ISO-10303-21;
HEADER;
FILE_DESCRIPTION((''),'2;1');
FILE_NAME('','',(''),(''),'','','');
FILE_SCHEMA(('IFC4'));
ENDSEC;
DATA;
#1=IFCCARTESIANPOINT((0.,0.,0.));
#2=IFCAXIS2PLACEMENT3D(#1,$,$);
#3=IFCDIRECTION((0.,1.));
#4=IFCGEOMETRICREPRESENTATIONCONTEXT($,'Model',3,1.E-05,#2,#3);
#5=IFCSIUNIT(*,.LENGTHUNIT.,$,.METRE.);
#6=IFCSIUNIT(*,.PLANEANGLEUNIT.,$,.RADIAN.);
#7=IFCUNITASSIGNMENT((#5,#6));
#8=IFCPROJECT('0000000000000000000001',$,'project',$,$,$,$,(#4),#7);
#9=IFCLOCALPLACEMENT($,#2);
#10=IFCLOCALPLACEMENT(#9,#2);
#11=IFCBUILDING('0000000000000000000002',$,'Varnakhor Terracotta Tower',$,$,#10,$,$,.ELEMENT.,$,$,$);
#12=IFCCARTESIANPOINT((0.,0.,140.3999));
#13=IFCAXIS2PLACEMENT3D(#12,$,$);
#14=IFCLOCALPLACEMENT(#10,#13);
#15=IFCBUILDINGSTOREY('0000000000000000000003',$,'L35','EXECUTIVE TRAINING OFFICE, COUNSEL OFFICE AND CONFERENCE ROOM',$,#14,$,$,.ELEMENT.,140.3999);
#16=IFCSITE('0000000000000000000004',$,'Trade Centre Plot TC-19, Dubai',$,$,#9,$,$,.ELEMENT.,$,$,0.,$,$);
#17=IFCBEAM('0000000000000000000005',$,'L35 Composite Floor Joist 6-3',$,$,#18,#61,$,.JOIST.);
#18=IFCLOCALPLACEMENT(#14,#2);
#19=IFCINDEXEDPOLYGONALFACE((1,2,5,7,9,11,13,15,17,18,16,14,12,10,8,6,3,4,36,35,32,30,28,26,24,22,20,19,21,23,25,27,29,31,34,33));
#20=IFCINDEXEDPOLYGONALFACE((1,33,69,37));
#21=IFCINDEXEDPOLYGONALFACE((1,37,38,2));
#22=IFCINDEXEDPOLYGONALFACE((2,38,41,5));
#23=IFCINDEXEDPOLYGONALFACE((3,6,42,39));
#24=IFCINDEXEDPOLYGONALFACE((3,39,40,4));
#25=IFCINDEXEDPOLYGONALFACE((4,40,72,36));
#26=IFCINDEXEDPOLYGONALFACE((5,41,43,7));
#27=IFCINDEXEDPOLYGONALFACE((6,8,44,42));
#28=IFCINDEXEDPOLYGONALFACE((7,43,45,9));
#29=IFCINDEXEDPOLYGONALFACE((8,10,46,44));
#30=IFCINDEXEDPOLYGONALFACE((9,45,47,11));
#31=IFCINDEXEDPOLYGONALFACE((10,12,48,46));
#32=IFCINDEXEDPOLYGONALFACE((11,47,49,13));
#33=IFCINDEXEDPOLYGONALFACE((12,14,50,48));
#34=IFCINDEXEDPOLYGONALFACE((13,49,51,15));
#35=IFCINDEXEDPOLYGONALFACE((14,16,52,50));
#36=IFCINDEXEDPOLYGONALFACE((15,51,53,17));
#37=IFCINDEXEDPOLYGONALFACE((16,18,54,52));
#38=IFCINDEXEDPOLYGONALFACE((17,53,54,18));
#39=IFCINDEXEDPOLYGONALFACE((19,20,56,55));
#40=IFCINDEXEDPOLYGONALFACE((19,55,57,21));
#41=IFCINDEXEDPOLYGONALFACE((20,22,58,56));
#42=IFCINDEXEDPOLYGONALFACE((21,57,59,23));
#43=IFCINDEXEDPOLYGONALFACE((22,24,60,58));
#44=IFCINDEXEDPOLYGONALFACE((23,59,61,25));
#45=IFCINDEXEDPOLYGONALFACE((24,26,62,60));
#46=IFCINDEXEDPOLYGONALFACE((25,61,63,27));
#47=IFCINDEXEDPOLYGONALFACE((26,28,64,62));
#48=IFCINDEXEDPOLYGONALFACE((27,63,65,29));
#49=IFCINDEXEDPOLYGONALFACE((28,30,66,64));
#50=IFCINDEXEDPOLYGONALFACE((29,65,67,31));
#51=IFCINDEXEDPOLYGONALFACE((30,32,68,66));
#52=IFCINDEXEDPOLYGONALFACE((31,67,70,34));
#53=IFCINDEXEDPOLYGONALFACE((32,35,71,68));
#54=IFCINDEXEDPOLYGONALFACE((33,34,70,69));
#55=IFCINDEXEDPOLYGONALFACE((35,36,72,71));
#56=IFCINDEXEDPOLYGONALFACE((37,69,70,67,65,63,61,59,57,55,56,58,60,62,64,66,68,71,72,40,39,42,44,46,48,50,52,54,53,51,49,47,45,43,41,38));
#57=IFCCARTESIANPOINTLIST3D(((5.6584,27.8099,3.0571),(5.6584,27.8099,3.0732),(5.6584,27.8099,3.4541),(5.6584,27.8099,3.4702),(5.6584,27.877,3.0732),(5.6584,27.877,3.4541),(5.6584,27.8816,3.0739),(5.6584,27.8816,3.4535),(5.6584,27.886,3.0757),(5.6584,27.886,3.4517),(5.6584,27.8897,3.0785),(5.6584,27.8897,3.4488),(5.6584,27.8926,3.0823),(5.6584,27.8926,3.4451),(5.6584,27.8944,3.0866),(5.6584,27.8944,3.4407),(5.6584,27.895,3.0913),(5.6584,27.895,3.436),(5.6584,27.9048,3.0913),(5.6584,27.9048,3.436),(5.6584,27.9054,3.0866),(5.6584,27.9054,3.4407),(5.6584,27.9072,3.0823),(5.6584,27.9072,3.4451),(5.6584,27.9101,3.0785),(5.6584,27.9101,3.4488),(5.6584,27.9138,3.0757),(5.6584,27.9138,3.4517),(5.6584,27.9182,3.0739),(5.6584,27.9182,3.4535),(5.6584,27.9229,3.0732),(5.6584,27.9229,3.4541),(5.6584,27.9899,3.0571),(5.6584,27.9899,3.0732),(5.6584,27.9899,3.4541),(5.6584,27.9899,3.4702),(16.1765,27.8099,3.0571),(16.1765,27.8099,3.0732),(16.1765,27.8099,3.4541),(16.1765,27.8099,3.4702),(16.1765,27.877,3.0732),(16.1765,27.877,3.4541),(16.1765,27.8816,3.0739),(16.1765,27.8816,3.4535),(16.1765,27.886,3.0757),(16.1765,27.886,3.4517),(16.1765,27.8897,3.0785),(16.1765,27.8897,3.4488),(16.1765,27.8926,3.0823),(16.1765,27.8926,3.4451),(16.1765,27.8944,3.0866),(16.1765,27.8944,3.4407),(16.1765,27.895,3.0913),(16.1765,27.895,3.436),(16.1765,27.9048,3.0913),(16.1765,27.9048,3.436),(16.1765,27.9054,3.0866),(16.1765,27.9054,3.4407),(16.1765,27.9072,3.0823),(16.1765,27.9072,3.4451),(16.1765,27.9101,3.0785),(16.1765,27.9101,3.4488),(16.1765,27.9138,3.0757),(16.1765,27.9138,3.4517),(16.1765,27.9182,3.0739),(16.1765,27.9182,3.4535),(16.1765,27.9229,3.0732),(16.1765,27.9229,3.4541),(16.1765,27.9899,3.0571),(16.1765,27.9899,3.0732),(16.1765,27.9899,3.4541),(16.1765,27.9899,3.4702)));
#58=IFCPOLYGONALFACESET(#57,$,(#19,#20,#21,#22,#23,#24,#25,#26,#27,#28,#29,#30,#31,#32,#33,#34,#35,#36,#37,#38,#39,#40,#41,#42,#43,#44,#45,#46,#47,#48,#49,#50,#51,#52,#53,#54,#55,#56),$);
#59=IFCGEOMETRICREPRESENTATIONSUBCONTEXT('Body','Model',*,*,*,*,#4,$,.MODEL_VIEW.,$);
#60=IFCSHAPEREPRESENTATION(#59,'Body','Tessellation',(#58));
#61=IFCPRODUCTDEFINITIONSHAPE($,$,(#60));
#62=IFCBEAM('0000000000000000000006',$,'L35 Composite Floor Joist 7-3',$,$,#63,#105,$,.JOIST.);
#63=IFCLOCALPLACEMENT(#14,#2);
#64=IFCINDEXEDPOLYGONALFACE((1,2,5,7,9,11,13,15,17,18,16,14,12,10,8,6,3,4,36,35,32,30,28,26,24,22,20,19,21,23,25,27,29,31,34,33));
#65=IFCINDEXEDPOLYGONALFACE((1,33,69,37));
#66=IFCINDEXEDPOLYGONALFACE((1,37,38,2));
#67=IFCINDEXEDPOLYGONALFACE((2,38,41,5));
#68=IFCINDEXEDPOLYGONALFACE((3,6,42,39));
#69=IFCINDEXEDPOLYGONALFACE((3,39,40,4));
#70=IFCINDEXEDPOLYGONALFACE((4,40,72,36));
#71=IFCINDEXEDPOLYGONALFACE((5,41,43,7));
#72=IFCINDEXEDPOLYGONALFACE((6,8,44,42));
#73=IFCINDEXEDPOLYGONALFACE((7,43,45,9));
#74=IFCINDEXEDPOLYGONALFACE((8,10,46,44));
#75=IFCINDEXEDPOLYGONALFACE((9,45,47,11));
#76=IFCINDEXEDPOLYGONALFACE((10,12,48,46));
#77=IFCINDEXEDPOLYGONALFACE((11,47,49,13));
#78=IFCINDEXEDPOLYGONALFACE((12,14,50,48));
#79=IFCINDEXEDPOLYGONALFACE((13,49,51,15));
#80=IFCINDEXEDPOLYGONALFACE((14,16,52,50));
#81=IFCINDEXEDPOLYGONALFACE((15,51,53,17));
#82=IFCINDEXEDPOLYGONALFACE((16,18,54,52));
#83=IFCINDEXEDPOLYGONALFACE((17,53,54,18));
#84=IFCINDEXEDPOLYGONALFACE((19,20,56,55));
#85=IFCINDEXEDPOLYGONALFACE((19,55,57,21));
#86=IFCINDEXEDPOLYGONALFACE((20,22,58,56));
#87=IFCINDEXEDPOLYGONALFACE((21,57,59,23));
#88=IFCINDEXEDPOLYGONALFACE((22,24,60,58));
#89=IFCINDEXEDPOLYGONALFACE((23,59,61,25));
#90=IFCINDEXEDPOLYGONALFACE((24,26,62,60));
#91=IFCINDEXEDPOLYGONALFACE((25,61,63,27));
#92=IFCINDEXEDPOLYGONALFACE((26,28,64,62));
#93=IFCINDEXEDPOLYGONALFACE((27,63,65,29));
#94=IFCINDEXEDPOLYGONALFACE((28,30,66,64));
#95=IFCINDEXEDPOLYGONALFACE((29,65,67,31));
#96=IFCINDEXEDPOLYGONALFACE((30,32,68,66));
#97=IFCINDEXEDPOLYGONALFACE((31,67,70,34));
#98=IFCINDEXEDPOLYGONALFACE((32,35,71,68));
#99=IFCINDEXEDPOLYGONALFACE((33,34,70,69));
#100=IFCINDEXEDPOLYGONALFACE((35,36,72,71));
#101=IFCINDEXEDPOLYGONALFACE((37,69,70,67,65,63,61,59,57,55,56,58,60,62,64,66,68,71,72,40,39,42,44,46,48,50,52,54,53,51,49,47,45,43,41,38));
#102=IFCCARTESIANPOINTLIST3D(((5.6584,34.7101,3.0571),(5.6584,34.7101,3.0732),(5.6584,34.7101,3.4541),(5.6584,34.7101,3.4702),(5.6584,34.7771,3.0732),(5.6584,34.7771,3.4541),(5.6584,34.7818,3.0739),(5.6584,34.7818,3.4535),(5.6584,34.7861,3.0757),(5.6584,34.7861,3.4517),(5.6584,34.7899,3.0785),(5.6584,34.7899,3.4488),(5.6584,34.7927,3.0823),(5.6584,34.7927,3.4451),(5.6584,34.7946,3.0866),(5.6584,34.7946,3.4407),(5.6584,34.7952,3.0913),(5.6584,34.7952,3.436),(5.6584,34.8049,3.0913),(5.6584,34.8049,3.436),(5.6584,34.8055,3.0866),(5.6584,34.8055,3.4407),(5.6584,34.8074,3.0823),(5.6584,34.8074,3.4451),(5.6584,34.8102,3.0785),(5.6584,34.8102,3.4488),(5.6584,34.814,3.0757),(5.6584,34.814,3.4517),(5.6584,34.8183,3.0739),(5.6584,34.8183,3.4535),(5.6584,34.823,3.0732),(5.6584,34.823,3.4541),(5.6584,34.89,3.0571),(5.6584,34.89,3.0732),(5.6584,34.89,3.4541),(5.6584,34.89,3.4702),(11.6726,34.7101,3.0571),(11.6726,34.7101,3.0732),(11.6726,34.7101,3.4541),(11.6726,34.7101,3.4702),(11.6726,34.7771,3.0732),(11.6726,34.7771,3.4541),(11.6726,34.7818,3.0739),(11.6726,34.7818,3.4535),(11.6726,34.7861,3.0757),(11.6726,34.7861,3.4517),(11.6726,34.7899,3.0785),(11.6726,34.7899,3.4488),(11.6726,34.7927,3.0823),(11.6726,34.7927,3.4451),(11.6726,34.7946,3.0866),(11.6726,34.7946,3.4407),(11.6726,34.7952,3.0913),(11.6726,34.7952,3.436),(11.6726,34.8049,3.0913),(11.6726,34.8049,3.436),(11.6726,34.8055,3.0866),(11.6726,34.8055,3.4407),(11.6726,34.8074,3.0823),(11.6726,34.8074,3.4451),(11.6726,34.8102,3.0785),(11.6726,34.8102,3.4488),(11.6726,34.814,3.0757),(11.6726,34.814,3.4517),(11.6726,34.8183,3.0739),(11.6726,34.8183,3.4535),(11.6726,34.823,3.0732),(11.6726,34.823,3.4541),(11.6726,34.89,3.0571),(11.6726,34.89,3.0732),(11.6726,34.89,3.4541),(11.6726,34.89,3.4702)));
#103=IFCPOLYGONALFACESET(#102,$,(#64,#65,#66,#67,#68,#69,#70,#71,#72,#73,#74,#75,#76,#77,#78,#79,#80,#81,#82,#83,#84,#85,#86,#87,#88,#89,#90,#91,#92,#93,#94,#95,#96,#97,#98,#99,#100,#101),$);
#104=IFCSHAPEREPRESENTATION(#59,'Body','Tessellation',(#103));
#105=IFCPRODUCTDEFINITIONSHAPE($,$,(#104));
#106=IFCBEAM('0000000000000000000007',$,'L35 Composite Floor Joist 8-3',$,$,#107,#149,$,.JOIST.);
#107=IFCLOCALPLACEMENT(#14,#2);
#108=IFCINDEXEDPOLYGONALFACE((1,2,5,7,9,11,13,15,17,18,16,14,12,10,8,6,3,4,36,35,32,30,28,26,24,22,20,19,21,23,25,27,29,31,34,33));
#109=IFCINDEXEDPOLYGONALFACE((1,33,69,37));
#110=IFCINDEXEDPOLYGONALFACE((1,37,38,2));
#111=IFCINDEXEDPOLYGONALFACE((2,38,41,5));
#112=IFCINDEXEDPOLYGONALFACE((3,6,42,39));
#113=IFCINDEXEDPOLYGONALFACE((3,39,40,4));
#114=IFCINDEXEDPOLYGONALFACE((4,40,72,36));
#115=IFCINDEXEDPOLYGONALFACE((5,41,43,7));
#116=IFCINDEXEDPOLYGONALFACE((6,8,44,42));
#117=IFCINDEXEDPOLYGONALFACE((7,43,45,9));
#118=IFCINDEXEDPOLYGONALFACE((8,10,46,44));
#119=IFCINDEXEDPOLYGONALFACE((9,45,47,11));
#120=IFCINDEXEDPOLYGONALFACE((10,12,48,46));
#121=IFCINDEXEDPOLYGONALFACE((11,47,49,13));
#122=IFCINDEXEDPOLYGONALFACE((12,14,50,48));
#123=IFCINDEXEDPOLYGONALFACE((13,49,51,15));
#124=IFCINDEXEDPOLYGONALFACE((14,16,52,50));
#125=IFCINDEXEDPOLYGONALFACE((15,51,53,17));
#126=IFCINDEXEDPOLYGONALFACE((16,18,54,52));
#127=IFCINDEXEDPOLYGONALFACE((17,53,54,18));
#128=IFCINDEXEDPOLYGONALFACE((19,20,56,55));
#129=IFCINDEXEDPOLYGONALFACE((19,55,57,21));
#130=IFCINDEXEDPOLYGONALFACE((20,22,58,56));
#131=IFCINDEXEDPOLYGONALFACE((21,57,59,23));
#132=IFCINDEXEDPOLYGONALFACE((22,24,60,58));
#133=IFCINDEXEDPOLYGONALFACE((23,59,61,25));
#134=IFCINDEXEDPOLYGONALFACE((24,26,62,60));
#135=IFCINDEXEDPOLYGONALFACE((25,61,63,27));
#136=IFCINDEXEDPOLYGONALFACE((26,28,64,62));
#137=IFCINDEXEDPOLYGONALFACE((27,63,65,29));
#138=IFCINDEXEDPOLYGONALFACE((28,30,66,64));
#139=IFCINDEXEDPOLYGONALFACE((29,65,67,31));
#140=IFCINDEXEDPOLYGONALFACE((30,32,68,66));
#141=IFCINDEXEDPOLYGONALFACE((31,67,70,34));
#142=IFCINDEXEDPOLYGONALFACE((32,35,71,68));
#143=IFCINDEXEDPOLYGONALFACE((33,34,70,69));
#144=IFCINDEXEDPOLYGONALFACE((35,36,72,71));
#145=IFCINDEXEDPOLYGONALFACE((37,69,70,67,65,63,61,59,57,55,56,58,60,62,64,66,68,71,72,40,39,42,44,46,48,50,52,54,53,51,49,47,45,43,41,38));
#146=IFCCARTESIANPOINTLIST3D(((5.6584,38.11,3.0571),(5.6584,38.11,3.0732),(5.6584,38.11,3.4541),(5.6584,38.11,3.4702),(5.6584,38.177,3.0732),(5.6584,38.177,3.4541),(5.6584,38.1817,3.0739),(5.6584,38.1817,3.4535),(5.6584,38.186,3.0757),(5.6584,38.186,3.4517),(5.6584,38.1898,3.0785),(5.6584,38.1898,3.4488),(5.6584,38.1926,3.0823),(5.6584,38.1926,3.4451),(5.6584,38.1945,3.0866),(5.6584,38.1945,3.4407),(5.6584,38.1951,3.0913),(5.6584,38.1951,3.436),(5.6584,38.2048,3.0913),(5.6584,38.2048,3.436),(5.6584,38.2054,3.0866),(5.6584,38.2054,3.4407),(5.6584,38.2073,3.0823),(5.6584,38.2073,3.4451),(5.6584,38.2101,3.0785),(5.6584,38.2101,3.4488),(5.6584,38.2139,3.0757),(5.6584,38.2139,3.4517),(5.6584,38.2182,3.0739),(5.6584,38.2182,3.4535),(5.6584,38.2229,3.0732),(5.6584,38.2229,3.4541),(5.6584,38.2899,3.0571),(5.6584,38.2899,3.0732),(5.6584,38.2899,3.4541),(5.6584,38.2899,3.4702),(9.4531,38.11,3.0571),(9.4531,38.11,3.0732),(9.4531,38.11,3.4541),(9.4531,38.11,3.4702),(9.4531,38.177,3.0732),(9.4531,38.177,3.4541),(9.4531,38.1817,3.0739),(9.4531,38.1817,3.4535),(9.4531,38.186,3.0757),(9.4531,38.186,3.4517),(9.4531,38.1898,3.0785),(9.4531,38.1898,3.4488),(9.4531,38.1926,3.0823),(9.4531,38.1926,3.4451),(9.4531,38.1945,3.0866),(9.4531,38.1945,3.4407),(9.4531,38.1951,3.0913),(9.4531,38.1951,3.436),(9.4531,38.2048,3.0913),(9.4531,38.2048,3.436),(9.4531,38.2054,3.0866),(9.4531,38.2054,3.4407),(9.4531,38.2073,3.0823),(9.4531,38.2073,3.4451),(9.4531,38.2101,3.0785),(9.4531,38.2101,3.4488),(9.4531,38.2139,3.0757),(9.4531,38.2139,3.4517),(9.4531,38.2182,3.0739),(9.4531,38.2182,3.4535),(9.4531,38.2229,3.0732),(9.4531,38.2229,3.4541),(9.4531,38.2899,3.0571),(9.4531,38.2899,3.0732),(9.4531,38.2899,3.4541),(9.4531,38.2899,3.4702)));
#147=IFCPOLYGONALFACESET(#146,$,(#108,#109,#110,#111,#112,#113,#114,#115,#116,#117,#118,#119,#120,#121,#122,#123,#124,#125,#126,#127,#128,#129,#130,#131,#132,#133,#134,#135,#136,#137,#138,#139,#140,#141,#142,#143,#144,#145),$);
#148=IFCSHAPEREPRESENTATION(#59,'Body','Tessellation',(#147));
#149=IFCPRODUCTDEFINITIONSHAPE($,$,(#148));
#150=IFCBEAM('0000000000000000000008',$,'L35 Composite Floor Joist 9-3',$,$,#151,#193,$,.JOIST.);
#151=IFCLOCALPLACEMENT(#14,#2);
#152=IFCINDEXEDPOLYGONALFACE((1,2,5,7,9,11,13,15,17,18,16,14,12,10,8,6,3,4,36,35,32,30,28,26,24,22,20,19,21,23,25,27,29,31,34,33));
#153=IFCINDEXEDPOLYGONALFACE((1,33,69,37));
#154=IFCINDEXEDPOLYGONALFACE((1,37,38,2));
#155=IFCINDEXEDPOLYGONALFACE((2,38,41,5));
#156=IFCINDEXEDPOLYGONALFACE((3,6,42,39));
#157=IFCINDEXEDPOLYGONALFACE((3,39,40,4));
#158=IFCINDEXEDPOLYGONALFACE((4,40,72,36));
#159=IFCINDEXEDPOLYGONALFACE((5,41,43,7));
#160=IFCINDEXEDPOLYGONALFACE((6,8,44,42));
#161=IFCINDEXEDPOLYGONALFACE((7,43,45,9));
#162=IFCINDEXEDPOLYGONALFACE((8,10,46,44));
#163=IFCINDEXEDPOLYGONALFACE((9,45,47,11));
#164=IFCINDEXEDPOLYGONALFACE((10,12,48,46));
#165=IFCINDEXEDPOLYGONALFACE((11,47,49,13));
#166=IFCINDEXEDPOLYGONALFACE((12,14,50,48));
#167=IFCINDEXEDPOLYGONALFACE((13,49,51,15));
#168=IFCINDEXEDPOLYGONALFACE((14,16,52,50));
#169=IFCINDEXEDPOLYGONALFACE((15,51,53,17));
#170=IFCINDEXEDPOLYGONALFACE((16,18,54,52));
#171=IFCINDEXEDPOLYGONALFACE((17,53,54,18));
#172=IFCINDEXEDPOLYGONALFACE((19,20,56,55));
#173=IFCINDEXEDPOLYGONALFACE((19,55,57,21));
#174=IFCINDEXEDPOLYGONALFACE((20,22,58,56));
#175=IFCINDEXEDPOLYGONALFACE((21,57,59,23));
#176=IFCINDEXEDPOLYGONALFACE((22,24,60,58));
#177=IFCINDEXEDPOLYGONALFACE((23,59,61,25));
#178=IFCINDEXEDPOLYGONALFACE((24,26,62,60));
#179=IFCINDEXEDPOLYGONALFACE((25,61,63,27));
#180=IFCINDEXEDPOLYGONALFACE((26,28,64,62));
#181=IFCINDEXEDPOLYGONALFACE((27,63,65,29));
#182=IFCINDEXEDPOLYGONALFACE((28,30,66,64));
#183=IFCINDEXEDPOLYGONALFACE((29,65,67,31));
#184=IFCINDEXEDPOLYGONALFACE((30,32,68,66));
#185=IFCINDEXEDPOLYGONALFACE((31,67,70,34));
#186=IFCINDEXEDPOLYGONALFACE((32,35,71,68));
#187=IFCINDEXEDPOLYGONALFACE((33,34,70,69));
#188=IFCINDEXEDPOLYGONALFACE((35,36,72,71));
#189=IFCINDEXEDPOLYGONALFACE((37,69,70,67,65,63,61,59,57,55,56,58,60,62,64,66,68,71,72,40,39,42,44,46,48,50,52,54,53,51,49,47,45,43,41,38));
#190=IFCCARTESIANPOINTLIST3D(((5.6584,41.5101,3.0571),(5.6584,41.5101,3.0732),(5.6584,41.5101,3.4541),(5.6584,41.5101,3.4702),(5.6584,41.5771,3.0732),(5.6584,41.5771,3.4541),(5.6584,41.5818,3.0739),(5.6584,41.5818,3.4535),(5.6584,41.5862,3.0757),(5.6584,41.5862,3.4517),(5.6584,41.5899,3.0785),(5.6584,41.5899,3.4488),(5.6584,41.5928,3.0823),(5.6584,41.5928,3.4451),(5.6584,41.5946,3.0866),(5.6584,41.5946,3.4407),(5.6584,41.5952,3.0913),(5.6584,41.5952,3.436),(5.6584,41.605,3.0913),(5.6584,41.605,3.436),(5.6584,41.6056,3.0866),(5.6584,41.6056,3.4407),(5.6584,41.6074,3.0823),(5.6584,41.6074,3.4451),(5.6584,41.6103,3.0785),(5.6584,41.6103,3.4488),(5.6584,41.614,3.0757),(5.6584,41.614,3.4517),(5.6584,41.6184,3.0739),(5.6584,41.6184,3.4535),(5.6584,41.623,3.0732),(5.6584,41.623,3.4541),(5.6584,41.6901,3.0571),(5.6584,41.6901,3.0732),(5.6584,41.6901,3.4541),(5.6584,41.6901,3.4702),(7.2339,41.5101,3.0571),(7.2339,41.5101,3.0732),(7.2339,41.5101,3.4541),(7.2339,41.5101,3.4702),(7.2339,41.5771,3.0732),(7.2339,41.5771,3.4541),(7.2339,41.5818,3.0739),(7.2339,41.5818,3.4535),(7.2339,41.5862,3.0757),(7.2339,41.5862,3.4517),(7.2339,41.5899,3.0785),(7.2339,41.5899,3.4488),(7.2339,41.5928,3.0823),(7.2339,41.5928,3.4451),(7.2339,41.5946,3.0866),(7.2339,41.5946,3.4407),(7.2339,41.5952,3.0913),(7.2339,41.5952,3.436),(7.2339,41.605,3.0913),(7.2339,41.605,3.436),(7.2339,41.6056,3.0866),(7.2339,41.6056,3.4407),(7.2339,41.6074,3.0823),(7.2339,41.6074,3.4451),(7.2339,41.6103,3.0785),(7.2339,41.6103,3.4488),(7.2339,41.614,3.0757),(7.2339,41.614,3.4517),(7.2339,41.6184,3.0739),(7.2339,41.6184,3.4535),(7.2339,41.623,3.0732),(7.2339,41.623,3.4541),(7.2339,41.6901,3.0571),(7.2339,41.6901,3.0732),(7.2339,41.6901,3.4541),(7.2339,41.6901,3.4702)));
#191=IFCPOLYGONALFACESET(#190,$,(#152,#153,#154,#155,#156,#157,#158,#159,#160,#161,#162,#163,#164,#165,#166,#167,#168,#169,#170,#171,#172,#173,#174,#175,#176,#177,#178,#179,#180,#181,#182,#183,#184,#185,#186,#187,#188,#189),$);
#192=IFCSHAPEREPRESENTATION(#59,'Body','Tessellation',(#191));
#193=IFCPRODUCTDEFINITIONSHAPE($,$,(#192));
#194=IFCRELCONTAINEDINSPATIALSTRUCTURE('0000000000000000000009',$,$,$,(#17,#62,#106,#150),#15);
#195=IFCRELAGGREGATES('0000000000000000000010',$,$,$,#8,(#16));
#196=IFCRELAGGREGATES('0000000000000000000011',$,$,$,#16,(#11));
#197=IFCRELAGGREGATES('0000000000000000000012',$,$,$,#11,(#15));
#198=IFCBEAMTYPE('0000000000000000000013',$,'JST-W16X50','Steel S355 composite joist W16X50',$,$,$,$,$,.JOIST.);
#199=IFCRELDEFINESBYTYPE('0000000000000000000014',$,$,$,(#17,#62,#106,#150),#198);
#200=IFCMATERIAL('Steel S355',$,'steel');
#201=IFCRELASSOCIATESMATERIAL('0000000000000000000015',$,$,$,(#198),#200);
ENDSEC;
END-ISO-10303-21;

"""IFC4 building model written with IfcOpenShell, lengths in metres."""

from ifc_helpers import new_model, si_unit, direction, frame, origin, origin_2d, place, context, subcontext, project, spatial, i_section, extrude, source, transform, mapped, material, material_profile, profile_set, type_object, element, save


model = new_model("IFC4")

# Units and contexts
model_context = context("Model", 3, precision=1e-05, world=origin(), true_north=direction((0.0, 1.0)))
body_context = subcontext(model_context, "Body", "Model", "MODEL_VIEW")
ifc_project = project(units=[si_unit("LENGTHUNIT", "METRE"), si_unit("PLANEANGLEUNIT", "RADIAN")], contexts=[model_context])

# Site, building, storey
site_placement = place(None, origin())
site = spatial("IfcSite", under=ifc_project, at=site_placement, Name="Trade Centre Plot TC-19, Dubai", CompositionType="ELEMENT", RefElevation=0.0)
building_placement = place(site_placement, origin())
building = spatial("IfcBuilding", under=site, at=building_placement, Name="Varnakhor Terracotta Tower", CompositionType="ELEMENT")
storey_placement = place(building_placement, frame((0.0, 0.0, 140.3999)))
storey = spatial("IfcBuildingStorey", under=building, at=storey_placement, Name="L35", Description="EXECUTIVE TRAINING OFFICE, COUNSEL OFFICE AND CONFERENCE ROOM", CompositionType="ELEMENT", Elevation=140.3999)

# Beams
ifc_material_1 = material(Name="Steel S355", Category="steel")
ifc_material_profile_1 = material_profile(ifc_material_1, i_section(OverallWidth=0.1799, OverallDepth=0.4131, WebThickness=0.0098, FlangeThickness=0.0161, FilletRadius=0.0181, at=origin_2d()), Name="W16X50")
ifc_profile_set_1 = profile_set([ifc_material_profile_1], Name="Steel S355")
beam_type_1 = type_object("IfcBeamType", Name="JST-W16X50", Description="Steel S355 composite joist W16X50", PredefinedType="JOIST", material=ifc_profile_set_1)
shared_shape_1 = source(origin(), body_context, "Body", "SweptSolid", [
    extrude(i_section(OverallWidth=0.1799, OverallDepth=0.4131, WebThickness=0.0098, FlangeThickness=0.0161, FilletRadius=0.0181, at=origin_2d()), origin(), (0.0, 0.0, 1.0), 10.5181),
])
beam_1_placement = place(storey_placement, frame((5.6584, 27.8999, 3.2637), z_axis=(1.0, 0.0, 0.0), x_axis=(0.0, 1.0, 0.0)))
element("IfcBeam", 1, at=beam_1_placement, inside=storey, type_object=beam_type_1, Name="L35 Composite Floor Joist 6-3", PredefinedType="JOIST", context=body_context, shape_type="MappedRepresentation", body=[
    mapped(shared_shape_1, transform((0.0, 0.0, 0.0), scale=1.0)),
])
shared_shape_2 = source(origin(), body_context, "Body", "SweptSolid", [
    extrude(i_section(OverallWidth=0.1799, OverallDepth=0.4131, WebThickness=0.0098, FlangeThickness=0.0161, FilletRadius=0.0181, at=origin_2d()), origin(), (0.0, 0.0, 1.0), 6.0142),
])
beam_2_placement = place(storey_placement, frame((5.6584, 34.8, 3.2637), z_axis=(1.0, 0.0, 0.0), x_axis=(0.0, 1.0, 0.0)))
element("IfcBeam", 2, at=beam_2_placement, inside=storey, type_object=beam_type_1, Name="L35 Composite Floor Joist 7-3", PredefinedType="JOIST", context=body_context, shape_type="MappedRepresentation", body=[
    mapped(shared_shape_2, transform((0.0, 0.0, 0.0), scale=1.0)),
])
shared_shape_3 = source(origin(), body_context, "Body", "SweptSolid", [
    extrude(i_section(OverallWidth=0.1799, OverallDepth=0.4131, WebThickness=0.0098, FlangeThickness=0.0161, FilletRadius=0.0181, at=origin_2d()), origin(), (0.0, 0.0, 1.0), 3.7947),
])
beam_3_placement = place(storey_placement, frame((5.6584, 38.2, 3.2637), z_axis=(1.0, 0.0, 0.0), x_axis=(0.0, 1.0, 0.0)))
element("IfcBeam", 3, at=beam_3_placement, inside=storey, type_object=beam_type_1, Name="L35 Composite Floor Joist 8-3", PredefinedType="JOIST", context=body_context, shape_type="MappedRepresentation", body=[
    mapped(shared_shape_3, transform((0.0, 0.0, 0.0), scale=1.0)),
])
shared_shape_4 = source(origin(), body_context, "Body", "SweptSolid", [
    extrude(i_section(OverallWidth=0.1799, OverallDepth=0.4131, WebThickness=0.0098, FlangeThickness=0.0161, FilletRadius=0.0181, at=origin_2d()), origin(), (0.0, 0.0, 1.0), 1.5754),
])
beam_4_placement = place(storey_placement, frame((5.6584, 41.6001, 3.2637), z_axis=(1.0, 0.0, 0.0), x_axis=(0.0, 1.0, 0.0)))
element("IfcBeam", 4, at=beam_4_placement, inside=storey, type_object=beam_type_1, Name="L35 Composite Floor Joist 9-3", PredefinedType="JOIST", context=body_context, shape_type="MappedRepresentation", body=[
    mapped(shared_shape_4, transform((0.0, 0.0, 0.0), scale=1.0)),
])

save(model, "model.ifc")
